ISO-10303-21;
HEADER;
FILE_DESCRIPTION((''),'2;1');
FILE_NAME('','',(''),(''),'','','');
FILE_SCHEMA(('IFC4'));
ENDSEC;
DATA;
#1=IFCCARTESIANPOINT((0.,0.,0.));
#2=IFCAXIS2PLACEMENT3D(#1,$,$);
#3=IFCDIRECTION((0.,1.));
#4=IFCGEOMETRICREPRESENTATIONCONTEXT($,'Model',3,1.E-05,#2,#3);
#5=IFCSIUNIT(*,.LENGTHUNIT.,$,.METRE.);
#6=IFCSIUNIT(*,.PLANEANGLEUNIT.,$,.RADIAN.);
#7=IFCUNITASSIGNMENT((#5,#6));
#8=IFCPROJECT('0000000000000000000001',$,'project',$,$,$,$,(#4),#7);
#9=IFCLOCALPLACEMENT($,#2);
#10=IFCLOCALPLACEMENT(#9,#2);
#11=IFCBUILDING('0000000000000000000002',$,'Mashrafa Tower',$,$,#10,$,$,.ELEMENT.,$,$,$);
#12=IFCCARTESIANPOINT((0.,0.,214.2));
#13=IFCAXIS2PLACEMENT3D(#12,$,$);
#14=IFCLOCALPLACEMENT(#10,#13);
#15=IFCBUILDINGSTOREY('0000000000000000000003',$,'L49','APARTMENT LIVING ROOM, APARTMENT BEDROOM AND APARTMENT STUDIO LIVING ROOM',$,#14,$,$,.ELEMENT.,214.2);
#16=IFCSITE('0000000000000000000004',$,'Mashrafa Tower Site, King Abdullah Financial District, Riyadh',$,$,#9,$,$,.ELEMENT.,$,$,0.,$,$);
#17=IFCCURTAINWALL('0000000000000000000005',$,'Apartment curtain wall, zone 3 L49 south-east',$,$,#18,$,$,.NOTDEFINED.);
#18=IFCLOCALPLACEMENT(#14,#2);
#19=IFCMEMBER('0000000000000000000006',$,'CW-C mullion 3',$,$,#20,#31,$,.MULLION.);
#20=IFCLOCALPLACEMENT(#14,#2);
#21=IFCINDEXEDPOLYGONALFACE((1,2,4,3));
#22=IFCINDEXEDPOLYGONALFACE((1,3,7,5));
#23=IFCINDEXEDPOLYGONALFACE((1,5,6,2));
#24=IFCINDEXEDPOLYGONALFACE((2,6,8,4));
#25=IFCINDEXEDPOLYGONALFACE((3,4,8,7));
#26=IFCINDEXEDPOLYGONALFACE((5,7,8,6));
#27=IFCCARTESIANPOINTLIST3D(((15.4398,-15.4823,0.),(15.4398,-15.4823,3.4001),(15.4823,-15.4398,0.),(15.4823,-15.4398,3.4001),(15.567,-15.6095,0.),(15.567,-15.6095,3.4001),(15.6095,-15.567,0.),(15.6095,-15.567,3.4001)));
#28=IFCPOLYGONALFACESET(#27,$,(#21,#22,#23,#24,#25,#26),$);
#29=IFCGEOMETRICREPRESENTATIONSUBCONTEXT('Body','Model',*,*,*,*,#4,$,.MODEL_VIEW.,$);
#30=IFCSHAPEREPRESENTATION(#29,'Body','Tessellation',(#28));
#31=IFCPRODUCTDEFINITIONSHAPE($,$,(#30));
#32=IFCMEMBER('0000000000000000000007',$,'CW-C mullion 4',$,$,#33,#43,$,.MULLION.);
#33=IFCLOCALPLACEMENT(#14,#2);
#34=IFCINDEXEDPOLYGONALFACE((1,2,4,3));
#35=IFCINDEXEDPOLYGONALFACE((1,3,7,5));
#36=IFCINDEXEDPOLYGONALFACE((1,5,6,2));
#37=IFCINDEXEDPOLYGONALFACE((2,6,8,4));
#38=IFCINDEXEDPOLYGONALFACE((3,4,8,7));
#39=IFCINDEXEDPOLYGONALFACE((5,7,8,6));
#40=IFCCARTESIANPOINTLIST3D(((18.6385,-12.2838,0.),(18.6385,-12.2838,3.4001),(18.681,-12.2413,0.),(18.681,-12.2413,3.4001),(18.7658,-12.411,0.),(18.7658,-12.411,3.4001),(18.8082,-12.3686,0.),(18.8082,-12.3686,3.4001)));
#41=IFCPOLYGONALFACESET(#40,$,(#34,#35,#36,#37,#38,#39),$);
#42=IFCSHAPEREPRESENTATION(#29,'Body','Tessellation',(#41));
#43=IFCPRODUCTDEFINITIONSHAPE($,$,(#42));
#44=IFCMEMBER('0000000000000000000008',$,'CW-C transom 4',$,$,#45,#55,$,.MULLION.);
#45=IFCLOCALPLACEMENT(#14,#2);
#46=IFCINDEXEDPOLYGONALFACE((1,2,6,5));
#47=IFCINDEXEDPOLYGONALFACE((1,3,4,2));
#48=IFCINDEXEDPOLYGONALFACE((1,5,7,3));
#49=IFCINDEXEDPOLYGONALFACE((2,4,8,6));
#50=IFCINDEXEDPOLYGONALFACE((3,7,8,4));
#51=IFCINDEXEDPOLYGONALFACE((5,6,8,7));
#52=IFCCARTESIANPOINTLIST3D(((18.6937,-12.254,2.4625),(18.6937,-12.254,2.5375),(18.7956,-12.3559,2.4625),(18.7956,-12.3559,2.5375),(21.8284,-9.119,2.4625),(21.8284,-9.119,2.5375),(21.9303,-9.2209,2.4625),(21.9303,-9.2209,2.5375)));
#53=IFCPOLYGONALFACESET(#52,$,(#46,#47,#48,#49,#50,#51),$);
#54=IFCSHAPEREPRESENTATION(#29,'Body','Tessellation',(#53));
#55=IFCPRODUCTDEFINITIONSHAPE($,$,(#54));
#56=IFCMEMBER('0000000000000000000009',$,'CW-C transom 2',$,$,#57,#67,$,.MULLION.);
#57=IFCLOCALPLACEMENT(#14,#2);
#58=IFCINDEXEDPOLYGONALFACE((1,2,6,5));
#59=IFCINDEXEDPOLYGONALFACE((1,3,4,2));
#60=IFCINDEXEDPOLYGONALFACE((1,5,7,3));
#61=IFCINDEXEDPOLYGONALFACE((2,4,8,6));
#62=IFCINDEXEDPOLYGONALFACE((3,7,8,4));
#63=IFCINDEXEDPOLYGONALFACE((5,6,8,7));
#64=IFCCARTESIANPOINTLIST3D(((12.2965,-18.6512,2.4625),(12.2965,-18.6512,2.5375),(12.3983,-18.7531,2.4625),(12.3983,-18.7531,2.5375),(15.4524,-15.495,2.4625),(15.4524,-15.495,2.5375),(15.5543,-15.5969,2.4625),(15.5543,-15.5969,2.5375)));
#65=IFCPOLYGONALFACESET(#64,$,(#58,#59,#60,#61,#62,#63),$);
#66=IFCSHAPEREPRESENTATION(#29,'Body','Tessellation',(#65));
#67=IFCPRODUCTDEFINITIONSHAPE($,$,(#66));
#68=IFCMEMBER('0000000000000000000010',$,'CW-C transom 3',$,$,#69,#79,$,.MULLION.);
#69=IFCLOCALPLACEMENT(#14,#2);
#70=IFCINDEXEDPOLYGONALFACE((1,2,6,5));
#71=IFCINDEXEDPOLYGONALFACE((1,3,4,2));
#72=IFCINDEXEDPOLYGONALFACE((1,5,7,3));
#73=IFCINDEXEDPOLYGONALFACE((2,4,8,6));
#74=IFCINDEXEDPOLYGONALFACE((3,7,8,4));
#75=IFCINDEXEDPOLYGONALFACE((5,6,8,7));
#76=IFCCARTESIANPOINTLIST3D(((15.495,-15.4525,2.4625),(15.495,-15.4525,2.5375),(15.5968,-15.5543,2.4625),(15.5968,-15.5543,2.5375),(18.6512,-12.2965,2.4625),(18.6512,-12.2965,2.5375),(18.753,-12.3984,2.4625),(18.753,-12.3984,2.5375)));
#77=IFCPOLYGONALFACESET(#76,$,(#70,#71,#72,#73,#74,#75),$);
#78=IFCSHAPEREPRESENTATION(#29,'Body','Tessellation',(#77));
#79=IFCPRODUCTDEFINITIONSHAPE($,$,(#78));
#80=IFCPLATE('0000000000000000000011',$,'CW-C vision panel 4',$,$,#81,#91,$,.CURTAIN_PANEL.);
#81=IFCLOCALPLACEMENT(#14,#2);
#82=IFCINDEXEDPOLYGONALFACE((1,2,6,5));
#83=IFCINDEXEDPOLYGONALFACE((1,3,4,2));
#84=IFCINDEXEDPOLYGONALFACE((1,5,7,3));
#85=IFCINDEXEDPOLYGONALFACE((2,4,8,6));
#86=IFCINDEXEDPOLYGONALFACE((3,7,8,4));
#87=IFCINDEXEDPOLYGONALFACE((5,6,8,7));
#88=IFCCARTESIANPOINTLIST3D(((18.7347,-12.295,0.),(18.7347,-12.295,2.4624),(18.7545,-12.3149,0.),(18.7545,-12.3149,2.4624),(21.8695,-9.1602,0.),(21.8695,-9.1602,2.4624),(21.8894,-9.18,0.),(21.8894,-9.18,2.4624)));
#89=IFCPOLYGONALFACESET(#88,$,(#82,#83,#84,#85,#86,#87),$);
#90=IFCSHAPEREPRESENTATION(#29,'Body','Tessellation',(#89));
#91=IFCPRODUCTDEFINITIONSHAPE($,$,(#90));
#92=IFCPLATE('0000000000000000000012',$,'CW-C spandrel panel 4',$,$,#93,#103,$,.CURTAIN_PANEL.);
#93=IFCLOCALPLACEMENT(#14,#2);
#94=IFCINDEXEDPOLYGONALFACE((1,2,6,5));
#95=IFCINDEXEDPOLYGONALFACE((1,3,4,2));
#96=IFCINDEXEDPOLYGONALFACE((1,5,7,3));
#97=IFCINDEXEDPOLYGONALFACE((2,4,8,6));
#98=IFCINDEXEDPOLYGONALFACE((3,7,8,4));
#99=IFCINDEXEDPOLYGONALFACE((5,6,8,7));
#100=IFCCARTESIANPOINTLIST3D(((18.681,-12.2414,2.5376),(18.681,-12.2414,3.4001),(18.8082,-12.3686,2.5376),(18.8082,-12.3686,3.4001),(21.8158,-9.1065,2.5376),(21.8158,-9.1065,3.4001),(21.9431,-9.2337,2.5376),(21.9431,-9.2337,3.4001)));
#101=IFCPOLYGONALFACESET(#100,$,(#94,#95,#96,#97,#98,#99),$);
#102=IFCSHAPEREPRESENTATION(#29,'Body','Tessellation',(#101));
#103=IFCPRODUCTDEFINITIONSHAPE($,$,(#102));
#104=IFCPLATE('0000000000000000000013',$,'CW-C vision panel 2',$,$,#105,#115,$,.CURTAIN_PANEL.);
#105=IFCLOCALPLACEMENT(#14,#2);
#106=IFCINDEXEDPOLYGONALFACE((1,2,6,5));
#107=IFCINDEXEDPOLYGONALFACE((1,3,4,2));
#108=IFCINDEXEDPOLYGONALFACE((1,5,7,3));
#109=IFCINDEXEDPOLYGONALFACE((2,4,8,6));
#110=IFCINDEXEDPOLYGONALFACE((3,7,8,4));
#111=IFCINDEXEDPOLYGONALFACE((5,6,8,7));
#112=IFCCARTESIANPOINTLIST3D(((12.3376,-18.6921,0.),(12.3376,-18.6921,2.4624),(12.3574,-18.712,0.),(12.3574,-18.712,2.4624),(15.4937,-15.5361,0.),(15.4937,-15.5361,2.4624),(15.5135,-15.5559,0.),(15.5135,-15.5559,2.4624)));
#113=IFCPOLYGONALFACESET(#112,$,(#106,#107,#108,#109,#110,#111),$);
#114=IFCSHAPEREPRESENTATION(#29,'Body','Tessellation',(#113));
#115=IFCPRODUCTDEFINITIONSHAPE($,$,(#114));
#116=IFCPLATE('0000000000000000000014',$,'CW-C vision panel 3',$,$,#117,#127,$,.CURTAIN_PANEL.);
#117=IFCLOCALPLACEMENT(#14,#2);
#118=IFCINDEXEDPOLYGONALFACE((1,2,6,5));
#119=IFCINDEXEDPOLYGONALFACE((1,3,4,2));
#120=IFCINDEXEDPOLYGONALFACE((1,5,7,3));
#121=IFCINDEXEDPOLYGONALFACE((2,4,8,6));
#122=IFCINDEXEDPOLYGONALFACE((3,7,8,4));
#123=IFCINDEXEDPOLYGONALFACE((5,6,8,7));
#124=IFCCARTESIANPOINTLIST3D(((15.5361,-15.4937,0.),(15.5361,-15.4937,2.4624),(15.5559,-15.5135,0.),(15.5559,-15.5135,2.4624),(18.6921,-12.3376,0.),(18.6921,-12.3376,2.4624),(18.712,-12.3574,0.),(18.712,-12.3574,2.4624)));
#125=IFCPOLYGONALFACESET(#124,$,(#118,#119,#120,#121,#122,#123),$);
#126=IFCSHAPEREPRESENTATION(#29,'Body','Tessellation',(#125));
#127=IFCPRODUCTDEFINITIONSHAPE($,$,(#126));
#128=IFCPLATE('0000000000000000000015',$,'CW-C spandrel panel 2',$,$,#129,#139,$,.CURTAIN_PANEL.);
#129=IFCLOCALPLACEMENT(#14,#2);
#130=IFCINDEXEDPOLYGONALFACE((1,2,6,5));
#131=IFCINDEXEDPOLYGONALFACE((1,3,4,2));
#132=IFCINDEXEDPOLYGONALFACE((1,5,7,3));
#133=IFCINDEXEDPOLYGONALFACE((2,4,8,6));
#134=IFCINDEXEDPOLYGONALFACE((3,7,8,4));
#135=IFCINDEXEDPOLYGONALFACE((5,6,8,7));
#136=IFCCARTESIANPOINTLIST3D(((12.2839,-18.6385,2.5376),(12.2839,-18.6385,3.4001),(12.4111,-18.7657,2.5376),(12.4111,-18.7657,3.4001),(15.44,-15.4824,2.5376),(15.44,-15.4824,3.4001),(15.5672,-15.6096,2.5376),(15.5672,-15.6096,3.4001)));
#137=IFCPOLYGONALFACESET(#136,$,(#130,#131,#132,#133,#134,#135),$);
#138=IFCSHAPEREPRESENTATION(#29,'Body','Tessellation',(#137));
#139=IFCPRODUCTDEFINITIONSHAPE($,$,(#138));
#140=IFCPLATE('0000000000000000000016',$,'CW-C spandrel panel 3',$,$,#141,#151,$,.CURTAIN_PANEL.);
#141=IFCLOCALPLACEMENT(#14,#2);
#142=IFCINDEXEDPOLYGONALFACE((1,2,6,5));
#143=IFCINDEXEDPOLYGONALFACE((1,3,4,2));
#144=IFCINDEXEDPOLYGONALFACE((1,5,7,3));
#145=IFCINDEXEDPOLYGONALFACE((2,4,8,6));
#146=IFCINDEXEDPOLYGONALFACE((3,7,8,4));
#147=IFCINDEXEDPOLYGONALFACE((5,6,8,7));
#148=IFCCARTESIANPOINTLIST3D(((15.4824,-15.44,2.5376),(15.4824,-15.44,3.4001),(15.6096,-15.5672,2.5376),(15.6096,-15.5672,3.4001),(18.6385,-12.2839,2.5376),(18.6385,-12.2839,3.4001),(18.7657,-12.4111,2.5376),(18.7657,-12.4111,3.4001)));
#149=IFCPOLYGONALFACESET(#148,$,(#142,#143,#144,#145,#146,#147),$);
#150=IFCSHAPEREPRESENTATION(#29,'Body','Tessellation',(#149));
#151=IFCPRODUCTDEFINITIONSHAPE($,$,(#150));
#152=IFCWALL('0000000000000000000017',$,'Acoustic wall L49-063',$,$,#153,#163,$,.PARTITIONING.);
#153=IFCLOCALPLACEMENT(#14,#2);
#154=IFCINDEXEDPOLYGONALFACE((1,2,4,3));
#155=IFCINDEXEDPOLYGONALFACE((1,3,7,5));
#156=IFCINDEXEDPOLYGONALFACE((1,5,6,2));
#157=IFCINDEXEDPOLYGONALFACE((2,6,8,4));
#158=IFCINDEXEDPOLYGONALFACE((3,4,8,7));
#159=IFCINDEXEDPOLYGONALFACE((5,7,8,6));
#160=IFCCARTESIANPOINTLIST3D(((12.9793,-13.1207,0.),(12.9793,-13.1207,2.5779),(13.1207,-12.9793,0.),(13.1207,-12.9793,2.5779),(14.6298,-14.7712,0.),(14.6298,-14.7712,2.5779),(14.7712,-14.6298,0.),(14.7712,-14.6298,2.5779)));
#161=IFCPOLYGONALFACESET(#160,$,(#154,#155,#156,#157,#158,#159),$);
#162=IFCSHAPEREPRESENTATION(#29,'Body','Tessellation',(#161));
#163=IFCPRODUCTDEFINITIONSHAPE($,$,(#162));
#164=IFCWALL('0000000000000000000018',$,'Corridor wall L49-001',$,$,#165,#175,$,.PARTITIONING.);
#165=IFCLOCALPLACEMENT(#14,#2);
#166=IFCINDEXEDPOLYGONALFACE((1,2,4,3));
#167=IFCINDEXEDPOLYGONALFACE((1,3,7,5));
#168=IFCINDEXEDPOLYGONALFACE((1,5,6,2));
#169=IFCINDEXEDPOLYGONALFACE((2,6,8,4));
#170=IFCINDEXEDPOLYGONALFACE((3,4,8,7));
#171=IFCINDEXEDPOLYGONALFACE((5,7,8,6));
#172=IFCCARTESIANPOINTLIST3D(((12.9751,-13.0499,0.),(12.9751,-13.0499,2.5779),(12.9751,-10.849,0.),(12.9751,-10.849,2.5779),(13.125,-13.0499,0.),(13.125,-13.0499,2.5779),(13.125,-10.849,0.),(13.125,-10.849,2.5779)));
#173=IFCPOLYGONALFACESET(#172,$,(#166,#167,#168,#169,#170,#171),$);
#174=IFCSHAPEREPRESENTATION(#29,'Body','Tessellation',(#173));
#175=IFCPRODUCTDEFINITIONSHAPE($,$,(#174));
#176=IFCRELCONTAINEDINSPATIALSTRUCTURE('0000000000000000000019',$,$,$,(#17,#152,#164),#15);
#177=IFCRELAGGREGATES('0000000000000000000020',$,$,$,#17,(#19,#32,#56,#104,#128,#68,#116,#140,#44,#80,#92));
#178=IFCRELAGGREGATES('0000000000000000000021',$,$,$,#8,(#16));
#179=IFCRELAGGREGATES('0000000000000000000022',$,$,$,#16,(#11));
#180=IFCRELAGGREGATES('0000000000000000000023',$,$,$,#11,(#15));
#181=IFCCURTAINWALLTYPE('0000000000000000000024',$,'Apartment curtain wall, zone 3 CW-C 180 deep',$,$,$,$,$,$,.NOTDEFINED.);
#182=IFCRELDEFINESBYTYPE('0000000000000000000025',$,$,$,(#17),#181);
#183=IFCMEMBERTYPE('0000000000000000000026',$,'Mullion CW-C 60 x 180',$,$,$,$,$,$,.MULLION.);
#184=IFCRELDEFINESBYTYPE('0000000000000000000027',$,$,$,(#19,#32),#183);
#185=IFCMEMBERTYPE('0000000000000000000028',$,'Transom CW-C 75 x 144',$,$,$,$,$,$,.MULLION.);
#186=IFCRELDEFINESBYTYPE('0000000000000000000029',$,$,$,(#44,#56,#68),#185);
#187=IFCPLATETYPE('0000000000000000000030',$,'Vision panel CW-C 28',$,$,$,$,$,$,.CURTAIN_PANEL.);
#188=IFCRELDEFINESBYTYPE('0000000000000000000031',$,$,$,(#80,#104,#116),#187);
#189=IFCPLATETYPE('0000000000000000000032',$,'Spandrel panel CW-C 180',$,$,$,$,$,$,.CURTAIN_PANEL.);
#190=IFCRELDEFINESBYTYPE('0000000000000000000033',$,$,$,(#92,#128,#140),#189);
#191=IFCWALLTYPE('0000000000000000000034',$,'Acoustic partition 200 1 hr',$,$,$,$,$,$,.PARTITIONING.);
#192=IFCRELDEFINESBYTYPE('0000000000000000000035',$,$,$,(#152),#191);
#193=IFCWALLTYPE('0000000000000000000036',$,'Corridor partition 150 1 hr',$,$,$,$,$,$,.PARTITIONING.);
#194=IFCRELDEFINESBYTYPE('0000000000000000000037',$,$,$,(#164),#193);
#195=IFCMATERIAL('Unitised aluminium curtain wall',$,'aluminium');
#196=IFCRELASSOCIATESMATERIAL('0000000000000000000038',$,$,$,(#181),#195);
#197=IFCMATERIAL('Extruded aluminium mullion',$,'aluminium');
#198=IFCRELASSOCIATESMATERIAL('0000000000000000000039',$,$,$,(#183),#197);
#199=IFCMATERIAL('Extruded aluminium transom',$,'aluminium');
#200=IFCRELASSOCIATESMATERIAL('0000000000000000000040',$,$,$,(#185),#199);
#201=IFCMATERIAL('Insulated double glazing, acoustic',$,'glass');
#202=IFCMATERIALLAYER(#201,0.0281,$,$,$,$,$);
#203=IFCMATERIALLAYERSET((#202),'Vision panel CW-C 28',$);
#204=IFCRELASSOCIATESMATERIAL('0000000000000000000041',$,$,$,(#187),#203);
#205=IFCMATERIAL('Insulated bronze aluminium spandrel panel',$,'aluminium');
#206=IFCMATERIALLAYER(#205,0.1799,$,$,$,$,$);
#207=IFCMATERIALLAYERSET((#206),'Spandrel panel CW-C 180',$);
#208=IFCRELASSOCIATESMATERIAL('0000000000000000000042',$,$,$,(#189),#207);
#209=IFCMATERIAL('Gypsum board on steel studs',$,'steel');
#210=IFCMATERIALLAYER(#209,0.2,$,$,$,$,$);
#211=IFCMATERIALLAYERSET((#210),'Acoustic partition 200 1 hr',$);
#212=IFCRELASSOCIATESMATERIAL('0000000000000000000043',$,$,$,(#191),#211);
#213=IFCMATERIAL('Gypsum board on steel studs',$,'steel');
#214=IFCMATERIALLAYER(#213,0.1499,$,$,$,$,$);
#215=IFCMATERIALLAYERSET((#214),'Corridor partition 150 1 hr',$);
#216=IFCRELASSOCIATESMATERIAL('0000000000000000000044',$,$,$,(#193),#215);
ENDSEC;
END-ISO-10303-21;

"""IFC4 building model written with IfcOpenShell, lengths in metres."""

from ifc_helpers import new_model, si_unit, direction, frame, frame_2d, origin, origin_2d, place, context, subcontext, project, spatial, rectangle, extrude, source, transform, mapped, material, layer, layer_set, material_profile, profile_set, type_object, type_shapes, element, aggregate, save


model = new_model("IFC4")

# Units and contexts
model_context = context("Model", 3, precision=1e-05, world=origin(), true_north=direction((0.0, 1.0)))
body_context = subcontext(model_context, "Body", "Model", "MODEL_VIEW")
ifc_project = project(units=[si_unit("LENGTHUNIT", "METRE"), si_unit("PLANEANGLEUNIT", "RADIAN")], contexts=[model_context])

# Site, building, storey
site_placement = place(None, origin())
site = spatial("IfcSite", under=ifc_project, at=site_placement, Name="Mashrafa Tower Site, King Abdullah Financial District, Riyadh", CompositionType="ELEMENT", RefElevation=0.0)
building_placement = place(site_placement, origin())
building = spatial("IfcBuilding", under=site, at=building_placement, Name="Mashrafa Tower", CompositionType="ELEMENT")
storey_placement = place(building_placement, frame((0.0, 0.0, 214.2)))
storey = spatial("IfcBuildingStorey", under=building, at=storey_placement, Name="L49", Description="APARTMENT LIVING ROOM, APARTMENT BEDROOM AND APARTMENT STUDIO LIVING ROOM", CompositionType="ELEMENT", Elevation=214.2)

# Curtain wall, members, plates
ifc_material_1 = material(Name="Unitised aluminium curtain wall", Category="aluminium")
curtain_wall_type = type_object("IfcCurtainWallType", Name="Apartment curtain wall, zone 3 CW-C 180 deep", PredefinedType="NOTDEFINED", material=ifc_material_1)
curtain_wall_placement = place(storey_placement, origin())
curtain_wall = element("IfcCurtainWall", 1, at=curtain_wall_placement, inside=storey, type_object=curtain_wall_type, Name="Apartment curtain wall, zone 3 L49 south-east", PredefinedType="NOTDEFINED")
ifc_material_2 = material(Name="Extruded aluminium mullion", Category="aluminium")
ifc_material_profile_1 = material_profile(ifc_material_2, rectangle(XDim=0.1799, YDim=0.0601, at=origin_2d()), Name="Mullion 60x180")
ifc_profile_set_1 = profile_set([ifc_material_profile_1], Name="Extruded aluminium mullion")
member_type_1 = type_object("IfcMemberType", Name="Mullion CW-C 60 x 180", PredefinedType="MULLION", material=ifc_profile_set_1)
shared_shape_1 = source(origin(), body_context, "Body", "SweptSolid", [
    extrude(rectangle(XDim=0.1799, YDim=0.0601, at=origin_2d()), origin(), (0.0, 0.0, 1.0), 3.4001),
])
type_shapes(member_type_1, [shared_shape_1])
member_1_placement = place(storey_placement, frame((15.5247, -15.5247, 0.0), z_axis=(0.0, 0.0, 1.0), x_axis=(-0.707107, 0.707107, 0.0)))
member_1 = element("IfcMember", 2, at=member_1_placement, type_object=member_type_1, Name="CW-C mullion 3", PredefinedType="MULLION", context=body_context, shape_type="MappedRepresentation", body=[
    mapped(shared_shape_1, transform((0.0, 0.0, 0.0))),
])
member_2_placement = place(storey_placement, frame((18.7234, -12.3262, 0.0), z_axis=(0.0, 0.0, 1.0), x_axis=(-0.707107, 0.707107, 0.0)))
member_2 = element("IfcMember", 3, at=member_2_placement, type_object=member_type_1, Name="CW-C mullion 4", PredefinedType="MULLION", context=body_context, shape_type="MappedRepresentation", body=[
    mapped(shared_shape_1, transform((0.0, 0.0, 0.0))),
])
ifc_material_3 = material(Name="Extruded aluminium transom", Category="aluminium")
ifc_material_profile_2 = material_profile(ifc_material_3, rectangle(XDim=0.144, YDim=0.075, at=origin_2d()), Name="Transom 75x144")
ifc_profile_set_2 = profile_set([ifc_material_profile_2], Name="Extruded aluminium transom")
member_type_2 = type_object("IfcMemberType", Name="Transom CW-C 75 x 144", PredefinedType="MULLION", material=ifc_profile_set_2)
shared_shape_2 = source(origin(), body_context, "Body", "SweptSolid", [
    extrude(rectangle(XDim=0.144, YDim=0.075, at=origin_2d()), origin(), (0.0, 0.0, 1.0), 4.4333),
])
member_3_placement = place(storey_placement, frame((18.7446, -12.3049, 2.5), z_axis=(0.707079, 0.707134, 0.0), x_axis=(-0.707134, 0.707079, 0.0)))
member_3 = element("IfcMember", 4, at=member_3_placement, type_object=member_type_2, Name="CW-C transom 4", PredefinedType="MULLION", context=body_context, shape_type="MappedRepresentation", body=[
    mapped(shared_shape_2, transform((0.0, 0.0, 0.0))),
])
shared_shape_3 = source(origin(), body_context, "Body", "SweptSolid", [
    extrude(rectangle(XDim=0.144, YDim=0.075, at=origin_2d()), origin(), (0.0, 0.0, 1.0), 4.4634),
])
type_shapes(member_type_2, [shared_shape_2, shared_shape_3])
member_4_placement = place(storey_placement, frame((12.3474, -18.7021, 2.5), z_axis=(0.707079, 0.707134, 0.0), x_axis=(-0.707134, 0.707079, 0.0)))
member_4 = element("IfcMember", 5, at=member_4_placement, type_object=member_type_2, Name="CW-C transom 2", PredefinedType="MULLION", context=body_context, shape_type="MappedRepresentation", body=[
    mapped(shared_shape_3, transform((0.0, 0.0, 0.0))),
])
member_5_placement = place(storey_placement, frame((15.5459, -15.5034, 2.5), z_axis=(0.707134, 0.707079, 0.0), x_axis=(-0.707079, 0.707134, 0.0)))
member_5 = element("IfcMember", 6, at=member_5_placement, type_object=member_type_2, Name="CW-C transom 3", PredefinedType="MULLION", context=body_context, shape_type="MappedRepresentation", body=[
    mapped(shared_shape_3, transform((0.0, 0.0, 0.0))),
])
ifc_material_4 = material(Name="Insulated double glazing, acoustic", Category="glass")
ifc_layer_1 = layer(ifc_material_4, 0.0281)
ifc_layer_set_1 = layer_set([ifc_layer_1], Name="Vision panel CW-C 28")
plate_type_1 = type_object("IfcPlateType", Name="Vision panel CW-C 28", PredefinedType="CURTAIN_PANEL", material=ifc_layer_set_1)
shared_shape_4 = source(origin(), body_context, "Body", "SweptSolid", [
    extrude(rectangle(XDim=4.4333, YDim=0.0281, at=origin_2d()), origin(), (0.0, 0.0, 1.0), 2.4624),
])
plate_1_placement = place(storey_placement, frame((20.312, -10.7375, 0.0), z_axis=(0.0, 0.0, 1.0), x_axis=(0.707107, 0.707107, 0.0)))
plate_1 = element("IfcPlate", 7, at=plate_1_placement, type_object=plate_type_1, Name="CW-C vision panel 4", PredefinedType="CURTAIN_PANEL", context=body_context, shape_type="MappedRepresentation", body=[
    mapped(shared_shape_4, transform((0.0, 0.0, 0.0))),
])
ifc_material_5 = material(Name="Insulated bronze aluminium spandrel panel", Category="aluminium")
ifc_layer_2 = layer(ifc_material_5, 0.1799)
ifc_layer_set_2 = layer_set([ifc_layer_2], Name="Spandrel panel CW-C 180")
plate_type_2 = type_object("IfcPlateType", Name="Spandrel panel CW-C 180", PredefinedType="CURTAIN_PANEL", material=ifc_layer_set_2)
shared_shape_5 = source(origin(), body_context, "Body", "SweptSolid", [
    extrude(rectangle(XDim=4.4333, YDim=0.1799, at=origin_2d()), origin(), (0.0, 0.0, 1.0), 0.8625),
])
plate_2_placement = place(storey_placement, frame((20.312, -10.7375, 2.5376), z_axis=(0.0, 0.0, 1.0), x_axis=(0.707107, 0.707107, 0.0)))
plate_2 = element("IfcPlate", 8, at=plate_2_placement, type_object=plate_type_2, Name="CW-C spandrel panel 4", PredefinedType="CURTAIN_PANEL", context=body_context, shape_type="MappedRepresentation", body=[
    mapped(shared_shape_5, transform((0.0, 0.0, 0.0))),
])
shared_shape_6 = source(origin(), body_context, "Body", "SweptSolid", [
    extrude(rectangle(XDim=4.4634, YDim=0.0281, at=origin_2d()), origin(), (0.0, 0.0, 1.0), 2.4624),
])
type_shapes(plate_type_1, [shared_shape_4, shared_shape_6])
plate_3_placement = place(storey_placement, frame((13.9255, -17.124, 0.0), z_axis=(0.0, 0.0, 1.0), x_axis=(0.707107, 0.707107, 0.0)))
plate_3 = element("IfcPlate", 9, at=plate_3_placement, type_object=plate_type_1, Name="CW-C vision panel 2", PredefinedType="CURTAIN_PANEL", context=body_context, shape_type="MappedRepresentation", body=[
    mapped(shared_shape_6, transform((0.0, 0.0, 0.0))),
])
plate_4_placement = place(storey_placement, frame((17.124, -13.9255, 0.0), z_axis=(0.0, 0.0, 1.0), x_axis=(0.707107, 0.707107, 0.0)))
plate_4 = element("IfcPlate", 10, at=plate_4_placement, type_object=plate_type_1, Name="CW-C vision panel 3", PredefinedType="CURTAIN_PANEL", context=body_context, shape_type="MappedRepresentation", body=[
    mapped(shared_shape_6, transform((0.0, 0.0, 0.0))),
])
shared_shape_7 = source(origin(), body_context, "Body", "SweptSolid", [
    extrude(rectangle(XDim=4.4634, YDim=0.1799, at=origin_2d()), origin(), (0.0, 0.0, 1.0), 0.8625),
])
type_shapes(plate_type_2, [shared_shape_5, shared_shape_7])
plate_5_placement = place(storey_placement, frame((13.9255, -17.124, 2.5376), z_axis=(0.0, 0.0, 1.0), x_axis=(0.707107, 0.707107, 0.0)))
plate_5 = element("IfcPlate", 11, at=plate_5_placement, type_object=plate_type_2, Name="CW-C spandrel panel 2", PredefinedType="CURTAIN_PANEL", context=body_context, shape_type="MappedRepresentation", body=[
    mapped(shared_shape_7, transform((0.0, 0.0, 0.0))),
])
plate_6_placement = place(storey_placement, frame((17.124, -13.9255, 2.5376), z_axis=(0.0, 0.0, 1.0), x_axis=(0.707107, 0.707107, 0.0)))
plate_6 = element("IfcPlate", 12, at=plate_6_placement, type_object=plate_type_2, Name="CW-C spandrel panel 3", PredefinedType="CURTAIN_PANEL", context=body_context, shape_type="MappedRepresentation", body=[
    mapped(shared_shape_7, transform((0.0, 0.0, 0.0))),
])
aggregate(curtain_wall, [member_1, member_2, member_4, plate_3, plate_5, member_5, plate_4, plate_6, member_3, plate_1, plate_2])

# Walls
ifc_material_6 = material(Name="Gypsum board on steel studs", Category="steel")
ifc_layer_3 = layer(ifc_material_6, 0.2)
ifc_layer_set_3 = layer_set([ifc_layer_3], Name="Acoustic partition 200 1 hr")
wall_type_1 = type_object("IfcWallType", Name="Acoustic partition 200 1 hr", PredefinedType="PARTITIONING", material=ifc_layer_set_3)
wall_1_placement = place(storey_placement, frame((13.05, -13.05, 0.0), z_axis=(0.0, 0.0, 1.0), x_axis=(0.707107, -0.707107, 0.0)))
element("IfcWall", 13, at=wall_1_placement, inside=storey, type_object=wall_type_1, Name="Acoustic wall L49-063", PredefinedType="PARTITIONING", context=body_context, shape_type="SweptSolid", body=[
    extrude(rectangle(XDim=2.3342, YDim=0.2, at=frame_2d((1.167, 0.0))), origin(), (0.0, 0.0, 1.0), 2.5779),
])
ifc_material_7 = material(Name="Gypsum board on steel studs", Category="steel")
ifc_layer_4 = layer(ifc_material_7, 0.1499)
ifc_layer_set_4 = layer_set([ifc_layer_4], Name="Corridor partition 150 1 hr")
wall_type_2 = type_object("IfcWallType", Name="Corridor partition 150 1 hr", PredefinedType="PARTITIONING", material=ifc_layer_set_4)
wall_2_placement = place(storey_placement, frame((13.05, -13.05, 0.0), z_axis=(0.0, 0.0, 1.0), x_axis=(0.0, 1.0, 0.0)))
element("IfcWall", 14, at=wall_2_placement, inside=storey, type_object=wall_type_2, Name="Corridor wall L49-001", PredefinedType="PARTITIONING", context=body_context, shape_type="SweptSolid", body=[
    extrude(rectangle(XDim=2.2009, YDim=0.1499, at=frame_2d((1.1006, 0.0))), origin(), (0.0, 0.0, 1.0), 2.5779),
])

save(model, "model.ifc")
